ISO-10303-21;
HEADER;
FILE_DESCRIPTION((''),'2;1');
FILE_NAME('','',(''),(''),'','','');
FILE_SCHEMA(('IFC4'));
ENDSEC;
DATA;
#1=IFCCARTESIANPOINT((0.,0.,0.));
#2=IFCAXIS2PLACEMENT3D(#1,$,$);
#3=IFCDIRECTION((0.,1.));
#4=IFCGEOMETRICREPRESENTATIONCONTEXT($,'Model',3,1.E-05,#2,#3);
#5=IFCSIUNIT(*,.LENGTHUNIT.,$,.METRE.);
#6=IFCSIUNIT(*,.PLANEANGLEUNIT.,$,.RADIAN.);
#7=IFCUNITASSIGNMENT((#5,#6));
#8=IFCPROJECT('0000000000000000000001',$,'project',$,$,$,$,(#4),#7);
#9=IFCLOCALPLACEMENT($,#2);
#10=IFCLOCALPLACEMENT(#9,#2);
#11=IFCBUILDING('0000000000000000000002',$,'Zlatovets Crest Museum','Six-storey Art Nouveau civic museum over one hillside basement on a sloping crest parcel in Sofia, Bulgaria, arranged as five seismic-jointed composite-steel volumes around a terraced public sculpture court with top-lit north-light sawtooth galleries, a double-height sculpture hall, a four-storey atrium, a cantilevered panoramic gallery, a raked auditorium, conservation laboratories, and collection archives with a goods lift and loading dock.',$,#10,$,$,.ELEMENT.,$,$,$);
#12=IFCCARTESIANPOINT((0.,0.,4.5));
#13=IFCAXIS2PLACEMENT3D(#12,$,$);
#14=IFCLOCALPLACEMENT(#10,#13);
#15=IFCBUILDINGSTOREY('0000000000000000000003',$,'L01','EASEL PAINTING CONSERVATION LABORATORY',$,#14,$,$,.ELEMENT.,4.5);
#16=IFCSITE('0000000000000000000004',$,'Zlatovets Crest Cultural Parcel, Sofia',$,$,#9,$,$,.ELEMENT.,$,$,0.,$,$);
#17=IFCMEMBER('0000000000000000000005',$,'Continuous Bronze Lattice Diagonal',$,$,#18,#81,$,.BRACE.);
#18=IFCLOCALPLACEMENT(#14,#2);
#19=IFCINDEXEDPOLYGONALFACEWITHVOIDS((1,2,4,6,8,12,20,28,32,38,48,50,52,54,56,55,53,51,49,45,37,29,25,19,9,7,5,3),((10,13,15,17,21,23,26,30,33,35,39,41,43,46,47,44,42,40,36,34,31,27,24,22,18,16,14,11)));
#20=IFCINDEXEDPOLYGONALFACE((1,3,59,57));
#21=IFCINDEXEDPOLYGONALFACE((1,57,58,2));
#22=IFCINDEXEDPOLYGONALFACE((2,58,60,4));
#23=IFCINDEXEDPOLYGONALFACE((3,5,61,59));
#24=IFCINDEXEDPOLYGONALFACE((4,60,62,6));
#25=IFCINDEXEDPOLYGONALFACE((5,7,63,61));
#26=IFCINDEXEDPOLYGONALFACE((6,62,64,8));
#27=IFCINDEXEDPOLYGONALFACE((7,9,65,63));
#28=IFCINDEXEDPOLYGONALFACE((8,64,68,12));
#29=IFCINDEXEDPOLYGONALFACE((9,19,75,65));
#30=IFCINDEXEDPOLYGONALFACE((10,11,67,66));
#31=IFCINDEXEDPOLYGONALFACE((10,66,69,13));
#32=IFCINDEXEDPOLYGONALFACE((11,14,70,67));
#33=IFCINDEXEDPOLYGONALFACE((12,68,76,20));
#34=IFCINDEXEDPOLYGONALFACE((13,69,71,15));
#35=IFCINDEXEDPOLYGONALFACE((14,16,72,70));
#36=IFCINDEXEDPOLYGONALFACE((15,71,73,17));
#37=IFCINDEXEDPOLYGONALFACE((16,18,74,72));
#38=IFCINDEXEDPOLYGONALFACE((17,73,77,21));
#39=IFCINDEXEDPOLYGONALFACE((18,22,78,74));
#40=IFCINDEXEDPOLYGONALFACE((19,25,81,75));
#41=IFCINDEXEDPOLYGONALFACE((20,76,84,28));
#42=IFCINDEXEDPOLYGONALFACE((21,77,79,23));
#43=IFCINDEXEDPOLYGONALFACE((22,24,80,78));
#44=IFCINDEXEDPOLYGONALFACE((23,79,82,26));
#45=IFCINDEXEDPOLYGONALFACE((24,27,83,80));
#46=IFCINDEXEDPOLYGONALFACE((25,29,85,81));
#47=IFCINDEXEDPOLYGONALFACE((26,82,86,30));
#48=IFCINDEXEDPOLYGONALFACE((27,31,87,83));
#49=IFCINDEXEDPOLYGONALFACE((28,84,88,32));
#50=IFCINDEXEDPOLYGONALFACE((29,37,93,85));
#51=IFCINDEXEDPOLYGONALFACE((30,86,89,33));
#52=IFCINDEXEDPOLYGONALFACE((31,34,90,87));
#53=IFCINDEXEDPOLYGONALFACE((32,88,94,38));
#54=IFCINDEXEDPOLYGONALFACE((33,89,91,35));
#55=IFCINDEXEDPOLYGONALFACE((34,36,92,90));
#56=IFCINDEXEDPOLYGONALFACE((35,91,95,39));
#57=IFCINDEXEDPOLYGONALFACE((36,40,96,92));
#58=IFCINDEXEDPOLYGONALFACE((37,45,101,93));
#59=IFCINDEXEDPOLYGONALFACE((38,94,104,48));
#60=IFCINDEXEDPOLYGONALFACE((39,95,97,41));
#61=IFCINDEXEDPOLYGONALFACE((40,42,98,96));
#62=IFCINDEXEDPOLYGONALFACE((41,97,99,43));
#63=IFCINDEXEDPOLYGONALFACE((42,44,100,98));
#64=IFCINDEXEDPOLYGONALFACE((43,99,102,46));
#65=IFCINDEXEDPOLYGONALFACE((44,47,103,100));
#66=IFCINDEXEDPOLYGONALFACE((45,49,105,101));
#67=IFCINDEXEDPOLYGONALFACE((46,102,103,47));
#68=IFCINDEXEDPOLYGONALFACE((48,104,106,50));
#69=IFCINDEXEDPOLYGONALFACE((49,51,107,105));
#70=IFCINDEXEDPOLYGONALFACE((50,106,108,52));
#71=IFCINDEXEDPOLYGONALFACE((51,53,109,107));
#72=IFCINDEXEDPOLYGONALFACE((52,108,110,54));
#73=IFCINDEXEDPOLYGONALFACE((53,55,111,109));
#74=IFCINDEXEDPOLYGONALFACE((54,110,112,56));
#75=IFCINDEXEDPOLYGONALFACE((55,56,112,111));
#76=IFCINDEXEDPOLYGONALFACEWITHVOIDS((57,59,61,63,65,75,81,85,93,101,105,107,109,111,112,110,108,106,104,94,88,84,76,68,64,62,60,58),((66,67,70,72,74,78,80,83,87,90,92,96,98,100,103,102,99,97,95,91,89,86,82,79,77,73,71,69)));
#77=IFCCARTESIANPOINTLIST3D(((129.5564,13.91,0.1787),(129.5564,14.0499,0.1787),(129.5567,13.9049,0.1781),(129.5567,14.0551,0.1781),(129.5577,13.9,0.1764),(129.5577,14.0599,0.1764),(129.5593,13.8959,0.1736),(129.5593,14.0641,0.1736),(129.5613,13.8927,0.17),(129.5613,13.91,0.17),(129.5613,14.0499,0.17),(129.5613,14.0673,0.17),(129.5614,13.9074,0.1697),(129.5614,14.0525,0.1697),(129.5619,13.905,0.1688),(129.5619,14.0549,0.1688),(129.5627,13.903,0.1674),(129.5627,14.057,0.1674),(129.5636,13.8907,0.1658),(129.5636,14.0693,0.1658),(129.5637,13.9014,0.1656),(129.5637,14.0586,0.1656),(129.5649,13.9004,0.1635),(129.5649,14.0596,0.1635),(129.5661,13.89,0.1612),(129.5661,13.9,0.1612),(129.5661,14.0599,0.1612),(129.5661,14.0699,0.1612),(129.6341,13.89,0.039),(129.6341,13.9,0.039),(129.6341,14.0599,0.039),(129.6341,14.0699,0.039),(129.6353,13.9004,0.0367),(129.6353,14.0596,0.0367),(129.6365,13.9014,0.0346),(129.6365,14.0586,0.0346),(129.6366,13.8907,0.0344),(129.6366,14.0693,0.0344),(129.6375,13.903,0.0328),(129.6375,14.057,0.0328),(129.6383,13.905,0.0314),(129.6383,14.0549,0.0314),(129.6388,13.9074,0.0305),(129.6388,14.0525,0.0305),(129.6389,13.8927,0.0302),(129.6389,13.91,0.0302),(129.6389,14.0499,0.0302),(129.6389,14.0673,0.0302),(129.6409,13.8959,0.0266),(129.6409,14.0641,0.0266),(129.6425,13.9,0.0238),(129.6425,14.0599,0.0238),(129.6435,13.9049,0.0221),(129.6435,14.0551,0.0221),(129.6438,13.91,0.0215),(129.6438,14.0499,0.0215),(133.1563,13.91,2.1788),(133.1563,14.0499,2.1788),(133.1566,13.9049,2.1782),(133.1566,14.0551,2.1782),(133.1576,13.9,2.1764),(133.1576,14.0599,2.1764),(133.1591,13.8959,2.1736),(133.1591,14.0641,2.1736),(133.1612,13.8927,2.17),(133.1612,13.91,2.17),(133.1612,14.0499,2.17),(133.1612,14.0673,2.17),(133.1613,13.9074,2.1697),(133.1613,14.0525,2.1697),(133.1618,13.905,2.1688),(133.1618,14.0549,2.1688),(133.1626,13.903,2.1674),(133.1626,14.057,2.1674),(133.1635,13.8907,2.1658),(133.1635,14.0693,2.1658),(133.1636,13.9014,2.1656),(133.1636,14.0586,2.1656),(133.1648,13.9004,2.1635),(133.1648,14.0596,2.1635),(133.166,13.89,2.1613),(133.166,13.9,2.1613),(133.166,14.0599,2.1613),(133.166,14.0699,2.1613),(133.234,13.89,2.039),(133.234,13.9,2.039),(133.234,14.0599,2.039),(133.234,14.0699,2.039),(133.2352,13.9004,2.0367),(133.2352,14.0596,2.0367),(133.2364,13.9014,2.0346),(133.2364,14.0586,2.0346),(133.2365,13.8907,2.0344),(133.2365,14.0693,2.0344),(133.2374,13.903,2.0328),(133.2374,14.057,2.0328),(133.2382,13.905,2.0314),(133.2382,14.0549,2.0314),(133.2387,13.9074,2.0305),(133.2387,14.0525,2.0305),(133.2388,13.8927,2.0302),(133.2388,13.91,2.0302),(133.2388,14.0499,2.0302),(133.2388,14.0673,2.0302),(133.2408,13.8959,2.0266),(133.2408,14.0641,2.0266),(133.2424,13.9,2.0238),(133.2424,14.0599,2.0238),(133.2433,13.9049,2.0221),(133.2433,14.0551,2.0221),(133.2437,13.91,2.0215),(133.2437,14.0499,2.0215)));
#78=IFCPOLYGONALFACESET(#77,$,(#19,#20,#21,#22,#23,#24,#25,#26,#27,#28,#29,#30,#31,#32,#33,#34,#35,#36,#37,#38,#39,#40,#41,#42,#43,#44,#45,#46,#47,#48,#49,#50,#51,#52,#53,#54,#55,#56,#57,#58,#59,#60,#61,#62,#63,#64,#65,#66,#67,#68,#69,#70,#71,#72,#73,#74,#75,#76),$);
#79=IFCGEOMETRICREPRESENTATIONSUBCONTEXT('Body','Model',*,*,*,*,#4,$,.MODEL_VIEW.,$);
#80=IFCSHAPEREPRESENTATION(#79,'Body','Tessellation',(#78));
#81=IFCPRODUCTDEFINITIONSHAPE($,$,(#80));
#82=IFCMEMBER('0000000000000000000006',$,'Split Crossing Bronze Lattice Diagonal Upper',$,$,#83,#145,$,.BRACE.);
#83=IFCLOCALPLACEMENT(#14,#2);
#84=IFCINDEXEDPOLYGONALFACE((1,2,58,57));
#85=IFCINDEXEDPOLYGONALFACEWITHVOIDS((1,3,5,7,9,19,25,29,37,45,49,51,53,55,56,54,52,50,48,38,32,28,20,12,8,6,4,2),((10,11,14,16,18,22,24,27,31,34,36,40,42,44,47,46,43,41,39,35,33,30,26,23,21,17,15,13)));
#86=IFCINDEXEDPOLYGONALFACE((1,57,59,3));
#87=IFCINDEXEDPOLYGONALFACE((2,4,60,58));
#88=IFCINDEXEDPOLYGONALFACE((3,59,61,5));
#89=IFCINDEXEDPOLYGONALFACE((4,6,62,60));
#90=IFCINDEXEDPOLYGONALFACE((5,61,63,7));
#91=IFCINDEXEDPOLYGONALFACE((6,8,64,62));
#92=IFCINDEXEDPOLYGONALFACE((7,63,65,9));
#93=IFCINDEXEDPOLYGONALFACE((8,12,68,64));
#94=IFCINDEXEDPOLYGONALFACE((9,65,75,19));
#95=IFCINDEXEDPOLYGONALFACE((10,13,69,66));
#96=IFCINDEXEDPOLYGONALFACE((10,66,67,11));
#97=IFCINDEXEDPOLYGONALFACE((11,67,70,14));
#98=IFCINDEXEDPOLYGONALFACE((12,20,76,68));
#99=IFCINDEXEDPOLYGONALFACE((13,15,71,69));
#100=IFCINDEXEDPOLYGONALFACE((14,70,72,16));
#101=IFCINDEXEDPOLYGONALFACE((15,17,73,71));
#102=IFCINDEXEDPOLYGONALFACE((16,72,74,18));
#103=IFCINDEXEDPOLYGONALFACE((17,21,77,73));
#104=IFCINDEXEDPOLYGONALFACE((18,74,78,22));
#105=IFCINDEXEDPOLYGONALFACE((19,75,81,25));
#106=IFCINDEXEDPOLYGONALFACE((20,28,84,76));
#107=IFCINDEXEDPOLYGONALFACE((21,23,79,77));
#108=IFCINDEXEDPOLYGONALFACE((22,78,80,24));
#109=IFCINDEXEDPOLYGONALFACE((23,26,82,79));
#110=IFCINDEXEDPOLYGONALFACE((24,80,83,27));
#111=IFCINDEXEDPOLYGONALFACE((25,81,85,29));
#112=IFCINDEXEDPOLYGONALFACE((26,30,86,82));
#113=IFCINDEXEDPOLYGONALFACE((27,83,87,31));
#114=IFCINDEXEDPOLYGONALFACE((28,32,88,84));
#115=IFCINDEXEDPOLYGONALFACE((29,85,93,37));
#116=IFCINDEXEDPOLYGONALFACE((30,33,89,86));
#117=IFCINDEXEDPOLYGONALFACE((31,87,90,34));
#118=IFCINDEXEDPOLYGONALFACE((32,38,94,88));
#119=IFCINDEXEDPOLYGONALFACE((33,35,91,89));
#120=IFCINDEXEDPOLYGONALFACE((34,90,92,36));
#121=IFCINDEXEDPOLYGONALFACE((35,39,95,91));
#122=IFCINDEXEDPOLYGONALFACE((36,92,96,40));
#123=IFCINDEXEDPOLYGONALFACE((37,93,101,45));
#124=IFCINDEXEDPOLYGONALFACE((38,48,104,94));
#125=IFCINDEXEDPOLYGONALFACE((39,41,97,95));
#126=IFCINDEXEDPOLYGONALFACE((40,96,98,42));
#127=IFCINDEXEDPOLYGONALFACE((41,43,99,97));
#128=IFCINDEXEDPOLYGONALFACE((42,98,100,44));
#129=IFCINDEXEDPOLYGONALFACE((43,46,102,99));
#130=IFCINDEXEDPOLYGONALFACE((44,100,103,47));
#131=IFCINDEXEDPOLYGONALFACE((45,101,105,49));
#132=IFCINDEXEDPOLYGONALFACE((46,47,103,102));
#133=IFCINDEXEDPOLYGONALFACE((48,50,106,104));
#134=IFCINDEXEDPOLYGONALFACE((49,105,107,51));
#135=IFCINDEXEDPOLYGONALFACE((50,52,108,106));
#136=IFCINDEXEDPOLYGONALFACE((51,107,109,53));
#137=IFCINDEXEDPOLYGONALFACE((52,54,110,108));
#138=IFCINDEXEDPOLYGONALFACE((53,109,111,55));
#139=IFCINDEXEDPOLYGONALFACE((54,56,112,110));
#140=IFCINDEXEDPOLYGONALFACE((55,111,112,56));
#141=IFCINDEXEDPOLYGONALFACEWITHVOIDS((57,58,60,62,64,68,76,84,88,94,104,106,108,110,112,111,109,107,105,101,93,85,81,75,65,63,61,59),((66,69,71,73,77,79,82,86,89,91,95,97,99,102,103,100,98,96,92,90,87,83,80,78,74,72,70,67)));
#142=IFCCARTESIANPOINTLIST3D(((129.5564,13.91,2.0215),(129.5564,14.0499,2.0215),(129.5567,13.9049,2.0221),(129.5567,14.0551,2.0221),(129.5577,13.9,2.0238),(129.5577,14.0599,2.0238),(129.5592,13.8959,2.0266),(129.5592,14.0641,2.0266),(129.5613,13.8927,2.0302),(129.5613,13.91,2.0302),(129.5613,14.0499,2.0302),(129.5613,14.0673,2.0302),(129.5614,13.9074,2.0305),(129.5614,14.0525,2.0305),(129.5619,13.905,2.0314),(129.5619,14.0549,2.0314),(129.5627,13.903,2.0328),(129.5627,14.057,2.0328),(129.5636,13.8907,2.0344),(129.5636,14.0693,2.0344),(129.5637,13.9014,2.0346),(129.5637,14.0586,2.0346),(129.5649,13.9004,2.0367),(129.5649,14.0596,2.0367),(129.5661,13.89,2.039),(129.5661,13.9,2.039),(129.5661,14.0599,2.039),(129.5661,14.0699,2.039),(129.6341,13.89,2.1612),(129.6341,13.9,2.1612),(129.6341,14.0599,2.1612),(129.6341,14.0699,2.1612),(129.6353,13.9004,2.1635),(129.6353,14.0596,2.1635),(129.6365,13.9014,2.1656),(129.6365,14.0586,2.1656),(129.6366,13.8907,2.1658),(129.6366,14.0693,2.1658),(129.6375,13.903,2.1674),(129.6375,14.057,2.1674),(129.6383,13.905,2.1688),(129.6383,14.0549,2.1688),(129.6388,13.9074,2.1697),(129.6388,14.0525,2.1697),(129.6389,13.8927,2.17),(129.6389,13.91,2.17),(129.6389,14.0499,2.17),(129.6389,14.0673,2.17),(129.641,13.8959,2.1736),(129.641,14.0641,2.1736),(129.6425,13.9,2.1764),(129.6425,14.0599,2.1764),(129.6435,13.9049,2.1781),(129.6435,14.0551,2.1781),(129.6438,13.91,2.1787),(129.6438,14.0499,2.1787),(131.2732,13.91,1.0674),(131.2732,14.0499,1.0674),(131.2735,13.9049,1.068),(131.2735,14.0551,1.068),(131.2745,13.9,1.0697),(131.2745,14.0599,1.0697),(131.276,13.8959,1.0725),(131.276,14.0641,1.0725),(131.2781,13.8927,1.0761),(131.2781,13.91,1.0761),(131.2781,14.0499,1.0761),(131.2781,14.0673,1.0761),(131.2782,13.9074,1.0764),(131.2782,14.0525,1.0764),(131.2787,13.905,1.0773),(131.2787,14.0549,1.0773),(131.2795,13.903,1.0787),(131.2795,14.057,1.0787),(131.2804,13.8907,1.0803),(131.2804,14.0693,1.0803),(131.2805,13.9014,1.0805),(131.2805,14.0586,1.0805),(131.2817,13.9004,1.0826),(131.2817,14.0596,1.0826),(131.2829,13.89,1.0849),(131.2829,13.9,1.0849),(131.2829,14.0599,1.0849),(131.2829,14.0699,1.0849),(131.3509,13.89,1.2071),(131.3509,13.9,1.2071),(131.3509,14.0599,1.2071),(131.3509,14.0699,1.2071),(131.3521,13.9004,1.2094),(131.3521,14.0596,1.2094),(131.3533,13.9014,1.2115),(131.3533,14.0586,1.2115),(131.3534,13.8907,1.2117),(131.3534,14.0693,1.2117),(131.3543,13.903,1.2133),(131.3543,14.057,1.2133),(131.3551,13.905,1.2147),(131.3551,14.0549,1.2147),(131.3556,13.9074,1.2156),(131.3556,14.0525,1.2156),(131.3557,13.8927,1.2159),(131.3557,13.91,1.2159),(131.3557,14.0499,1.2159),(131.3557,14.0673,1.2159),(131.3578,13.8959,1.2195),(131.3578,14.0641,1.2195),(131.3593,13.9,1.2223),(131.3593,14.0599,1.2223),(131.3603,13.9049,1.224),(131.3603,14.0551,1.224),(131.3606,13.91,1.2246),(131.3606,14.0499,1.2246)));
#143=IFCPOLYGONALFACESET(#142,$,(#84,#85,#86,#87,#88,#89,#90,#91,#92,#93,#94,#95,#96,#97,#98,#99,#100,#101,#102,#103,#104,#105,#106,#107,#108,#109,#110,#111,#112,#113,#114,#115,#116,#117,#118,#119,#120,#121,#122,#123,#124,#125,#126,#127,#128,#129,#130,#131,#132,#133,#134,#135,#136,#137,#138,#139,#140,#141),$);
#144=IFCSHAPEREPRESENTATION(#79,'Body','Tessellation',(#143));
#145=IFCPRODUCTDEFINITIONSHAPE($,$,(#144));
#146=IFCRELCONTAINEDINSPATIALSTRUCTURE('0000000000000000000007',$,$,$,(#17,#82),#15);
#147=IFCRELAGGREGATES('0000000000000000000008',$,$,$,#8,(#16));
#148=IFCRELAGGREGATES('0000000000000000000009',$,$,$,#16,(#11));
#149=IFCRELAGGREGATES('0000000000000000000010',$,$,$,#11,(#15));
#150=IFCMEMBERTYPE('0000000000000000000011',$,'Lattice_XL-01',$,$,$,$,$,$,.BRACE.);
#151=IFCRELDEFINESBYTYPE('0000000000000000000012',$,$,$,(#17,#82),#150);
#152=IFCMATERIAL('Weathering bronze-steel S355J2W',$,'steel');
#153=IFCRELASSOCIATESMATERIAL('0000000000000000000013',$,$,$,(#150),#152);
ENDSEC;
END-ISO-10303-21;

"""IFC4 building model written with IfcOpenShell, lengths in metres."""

from ifc_helpers import new_model, si_unit, direction, frame, origin, origin_2d, place, context, subcontext, project, spatial, hollow_rectangle, extrude, material, material_profile, profile_set, type_object, element, save


model = new_model("IFC4")

# Units and contexts
model_context = context("Model", 3, precision=1e-05, world=origin(), true_north=direction((0.0, 1.0)))
body_context = subcontext(model_context, "Body", "Model", "MODEL_VIEW")
ifc_project = project(units=[si_unit("LENGTHUNIT", "METRE"), si_unit("PLANEANGLEUNIT", "RADIAN")], contexts=[model_context])

# Site, building, storey
site_placement = place(None, origin())
site = spatial("IfcSite", under=ifc_project, at=site_placement, Name="Zlatovets Crest Cultural Parcel, Sofia", CompositionType="ELEMENT", RefElevation=0.0)
building_placement = place(site_placement, origin())
building = spatial("IfcBuilding", under=site, at=building_placement, Name="Zlatovets Crest Museum", Description="Six-storey Art Nouveau civic museum over one hillside basement on a sloping crest parcel in Sofia, Bulgaria, arranged as five seismic-jointed composite-steel volumes around a terraced public sculpture court with top-lit north-light sawtooth galleries, a double-height sculpture hall, a four-storey atrium, a cantilevered panoramic gallery, a raked auditorium, conservation laboratories, and collection archives with a goods lift and loading dock.", CompositionType="ELEMENT")
storey_placement = place(building_placement, frame((0.0, 0.0, 4.5)))
storey = spatial("IfcBuildingStorey", under=building, at=storey_placement, Name="L01", Description="EASEL PAINTING CONSERVATION LABORATORY", CompositionType="ELEMENT", Elevation=4.5)

# Members
ifc_material_1 = material(Name="Weathering bronze-steel S355J2W", Category="steel")
ifc_material_profile_1 = material_profile(ifc_material_1, hollow_rectangle(XDim=0.1799, YDim=0.1799, WallThickness=0.01, InnerFilletRadius=0.01, OuterFilletRadius=0.02, at=origin_2d()), Name="SHS 180x180x10.0")
ifc_profile_set_1 = profile_set([ifc_material_profile_1], Name="Weathering bronze-steel S355J2W")
member_type_1 = type_object("IfcMemberType", Name="Lattice_XL-01", PredefinedType="BRACE", material=ifc_profile_set_1)
member_1_placement = place(storey_placement, frame((129.6001, 13.98, 0.1001), z_axis=(0.874149, 0.0, 0.485658), x_axis=(0.0, 1.0, 0.0)))
element("IfcMember", 1, at=member_1_placement, inside=storey, type_object=member_type_1, Name="Continuous Bronze Lattice Diagonal", PredefinedType="BRACE", context=body_context, shape_type="SweptSolid", body=[
    extrude(hollow_rectangle(XDim=0.1799, YDim=0.1799, WallThickness=0.01, InnerFilletRadius=0.01, OuterFilletRadius=0.02, at=origin_2d()), origin(), (0.0, 0.0, 1.0), 4.1182),
])
for number, where, z_axis, x_axis, name in (
    (2, (129.6001, 13.98, 2.1001), (0.874087, 0.0, -0.48577), (0.0, 1.0, 0.0), "Split Crossing Bronze Lattice Diagonal Upper"),
):
    element("IfcMember", number, at=place(storey_placement, frame(where, z_axis=z_axis, x_axis=x_axis)), inside=storey, type_object=member_type_1, Name=name, PredefinedType="BRACE", context=body_context, shape_type="SweptSolid", body=[
        extrude(hollow_rectangle(XDim=0.1799, YDim=0.1799, WallThickness=0.01, InnerFilletRadius=0.01, OuterFilletRadius=0.02, at=origin_2d()), origin(), (0.0, 0.0, 1.0), 1.9641),
    ])

save(model, "model.ifc")
